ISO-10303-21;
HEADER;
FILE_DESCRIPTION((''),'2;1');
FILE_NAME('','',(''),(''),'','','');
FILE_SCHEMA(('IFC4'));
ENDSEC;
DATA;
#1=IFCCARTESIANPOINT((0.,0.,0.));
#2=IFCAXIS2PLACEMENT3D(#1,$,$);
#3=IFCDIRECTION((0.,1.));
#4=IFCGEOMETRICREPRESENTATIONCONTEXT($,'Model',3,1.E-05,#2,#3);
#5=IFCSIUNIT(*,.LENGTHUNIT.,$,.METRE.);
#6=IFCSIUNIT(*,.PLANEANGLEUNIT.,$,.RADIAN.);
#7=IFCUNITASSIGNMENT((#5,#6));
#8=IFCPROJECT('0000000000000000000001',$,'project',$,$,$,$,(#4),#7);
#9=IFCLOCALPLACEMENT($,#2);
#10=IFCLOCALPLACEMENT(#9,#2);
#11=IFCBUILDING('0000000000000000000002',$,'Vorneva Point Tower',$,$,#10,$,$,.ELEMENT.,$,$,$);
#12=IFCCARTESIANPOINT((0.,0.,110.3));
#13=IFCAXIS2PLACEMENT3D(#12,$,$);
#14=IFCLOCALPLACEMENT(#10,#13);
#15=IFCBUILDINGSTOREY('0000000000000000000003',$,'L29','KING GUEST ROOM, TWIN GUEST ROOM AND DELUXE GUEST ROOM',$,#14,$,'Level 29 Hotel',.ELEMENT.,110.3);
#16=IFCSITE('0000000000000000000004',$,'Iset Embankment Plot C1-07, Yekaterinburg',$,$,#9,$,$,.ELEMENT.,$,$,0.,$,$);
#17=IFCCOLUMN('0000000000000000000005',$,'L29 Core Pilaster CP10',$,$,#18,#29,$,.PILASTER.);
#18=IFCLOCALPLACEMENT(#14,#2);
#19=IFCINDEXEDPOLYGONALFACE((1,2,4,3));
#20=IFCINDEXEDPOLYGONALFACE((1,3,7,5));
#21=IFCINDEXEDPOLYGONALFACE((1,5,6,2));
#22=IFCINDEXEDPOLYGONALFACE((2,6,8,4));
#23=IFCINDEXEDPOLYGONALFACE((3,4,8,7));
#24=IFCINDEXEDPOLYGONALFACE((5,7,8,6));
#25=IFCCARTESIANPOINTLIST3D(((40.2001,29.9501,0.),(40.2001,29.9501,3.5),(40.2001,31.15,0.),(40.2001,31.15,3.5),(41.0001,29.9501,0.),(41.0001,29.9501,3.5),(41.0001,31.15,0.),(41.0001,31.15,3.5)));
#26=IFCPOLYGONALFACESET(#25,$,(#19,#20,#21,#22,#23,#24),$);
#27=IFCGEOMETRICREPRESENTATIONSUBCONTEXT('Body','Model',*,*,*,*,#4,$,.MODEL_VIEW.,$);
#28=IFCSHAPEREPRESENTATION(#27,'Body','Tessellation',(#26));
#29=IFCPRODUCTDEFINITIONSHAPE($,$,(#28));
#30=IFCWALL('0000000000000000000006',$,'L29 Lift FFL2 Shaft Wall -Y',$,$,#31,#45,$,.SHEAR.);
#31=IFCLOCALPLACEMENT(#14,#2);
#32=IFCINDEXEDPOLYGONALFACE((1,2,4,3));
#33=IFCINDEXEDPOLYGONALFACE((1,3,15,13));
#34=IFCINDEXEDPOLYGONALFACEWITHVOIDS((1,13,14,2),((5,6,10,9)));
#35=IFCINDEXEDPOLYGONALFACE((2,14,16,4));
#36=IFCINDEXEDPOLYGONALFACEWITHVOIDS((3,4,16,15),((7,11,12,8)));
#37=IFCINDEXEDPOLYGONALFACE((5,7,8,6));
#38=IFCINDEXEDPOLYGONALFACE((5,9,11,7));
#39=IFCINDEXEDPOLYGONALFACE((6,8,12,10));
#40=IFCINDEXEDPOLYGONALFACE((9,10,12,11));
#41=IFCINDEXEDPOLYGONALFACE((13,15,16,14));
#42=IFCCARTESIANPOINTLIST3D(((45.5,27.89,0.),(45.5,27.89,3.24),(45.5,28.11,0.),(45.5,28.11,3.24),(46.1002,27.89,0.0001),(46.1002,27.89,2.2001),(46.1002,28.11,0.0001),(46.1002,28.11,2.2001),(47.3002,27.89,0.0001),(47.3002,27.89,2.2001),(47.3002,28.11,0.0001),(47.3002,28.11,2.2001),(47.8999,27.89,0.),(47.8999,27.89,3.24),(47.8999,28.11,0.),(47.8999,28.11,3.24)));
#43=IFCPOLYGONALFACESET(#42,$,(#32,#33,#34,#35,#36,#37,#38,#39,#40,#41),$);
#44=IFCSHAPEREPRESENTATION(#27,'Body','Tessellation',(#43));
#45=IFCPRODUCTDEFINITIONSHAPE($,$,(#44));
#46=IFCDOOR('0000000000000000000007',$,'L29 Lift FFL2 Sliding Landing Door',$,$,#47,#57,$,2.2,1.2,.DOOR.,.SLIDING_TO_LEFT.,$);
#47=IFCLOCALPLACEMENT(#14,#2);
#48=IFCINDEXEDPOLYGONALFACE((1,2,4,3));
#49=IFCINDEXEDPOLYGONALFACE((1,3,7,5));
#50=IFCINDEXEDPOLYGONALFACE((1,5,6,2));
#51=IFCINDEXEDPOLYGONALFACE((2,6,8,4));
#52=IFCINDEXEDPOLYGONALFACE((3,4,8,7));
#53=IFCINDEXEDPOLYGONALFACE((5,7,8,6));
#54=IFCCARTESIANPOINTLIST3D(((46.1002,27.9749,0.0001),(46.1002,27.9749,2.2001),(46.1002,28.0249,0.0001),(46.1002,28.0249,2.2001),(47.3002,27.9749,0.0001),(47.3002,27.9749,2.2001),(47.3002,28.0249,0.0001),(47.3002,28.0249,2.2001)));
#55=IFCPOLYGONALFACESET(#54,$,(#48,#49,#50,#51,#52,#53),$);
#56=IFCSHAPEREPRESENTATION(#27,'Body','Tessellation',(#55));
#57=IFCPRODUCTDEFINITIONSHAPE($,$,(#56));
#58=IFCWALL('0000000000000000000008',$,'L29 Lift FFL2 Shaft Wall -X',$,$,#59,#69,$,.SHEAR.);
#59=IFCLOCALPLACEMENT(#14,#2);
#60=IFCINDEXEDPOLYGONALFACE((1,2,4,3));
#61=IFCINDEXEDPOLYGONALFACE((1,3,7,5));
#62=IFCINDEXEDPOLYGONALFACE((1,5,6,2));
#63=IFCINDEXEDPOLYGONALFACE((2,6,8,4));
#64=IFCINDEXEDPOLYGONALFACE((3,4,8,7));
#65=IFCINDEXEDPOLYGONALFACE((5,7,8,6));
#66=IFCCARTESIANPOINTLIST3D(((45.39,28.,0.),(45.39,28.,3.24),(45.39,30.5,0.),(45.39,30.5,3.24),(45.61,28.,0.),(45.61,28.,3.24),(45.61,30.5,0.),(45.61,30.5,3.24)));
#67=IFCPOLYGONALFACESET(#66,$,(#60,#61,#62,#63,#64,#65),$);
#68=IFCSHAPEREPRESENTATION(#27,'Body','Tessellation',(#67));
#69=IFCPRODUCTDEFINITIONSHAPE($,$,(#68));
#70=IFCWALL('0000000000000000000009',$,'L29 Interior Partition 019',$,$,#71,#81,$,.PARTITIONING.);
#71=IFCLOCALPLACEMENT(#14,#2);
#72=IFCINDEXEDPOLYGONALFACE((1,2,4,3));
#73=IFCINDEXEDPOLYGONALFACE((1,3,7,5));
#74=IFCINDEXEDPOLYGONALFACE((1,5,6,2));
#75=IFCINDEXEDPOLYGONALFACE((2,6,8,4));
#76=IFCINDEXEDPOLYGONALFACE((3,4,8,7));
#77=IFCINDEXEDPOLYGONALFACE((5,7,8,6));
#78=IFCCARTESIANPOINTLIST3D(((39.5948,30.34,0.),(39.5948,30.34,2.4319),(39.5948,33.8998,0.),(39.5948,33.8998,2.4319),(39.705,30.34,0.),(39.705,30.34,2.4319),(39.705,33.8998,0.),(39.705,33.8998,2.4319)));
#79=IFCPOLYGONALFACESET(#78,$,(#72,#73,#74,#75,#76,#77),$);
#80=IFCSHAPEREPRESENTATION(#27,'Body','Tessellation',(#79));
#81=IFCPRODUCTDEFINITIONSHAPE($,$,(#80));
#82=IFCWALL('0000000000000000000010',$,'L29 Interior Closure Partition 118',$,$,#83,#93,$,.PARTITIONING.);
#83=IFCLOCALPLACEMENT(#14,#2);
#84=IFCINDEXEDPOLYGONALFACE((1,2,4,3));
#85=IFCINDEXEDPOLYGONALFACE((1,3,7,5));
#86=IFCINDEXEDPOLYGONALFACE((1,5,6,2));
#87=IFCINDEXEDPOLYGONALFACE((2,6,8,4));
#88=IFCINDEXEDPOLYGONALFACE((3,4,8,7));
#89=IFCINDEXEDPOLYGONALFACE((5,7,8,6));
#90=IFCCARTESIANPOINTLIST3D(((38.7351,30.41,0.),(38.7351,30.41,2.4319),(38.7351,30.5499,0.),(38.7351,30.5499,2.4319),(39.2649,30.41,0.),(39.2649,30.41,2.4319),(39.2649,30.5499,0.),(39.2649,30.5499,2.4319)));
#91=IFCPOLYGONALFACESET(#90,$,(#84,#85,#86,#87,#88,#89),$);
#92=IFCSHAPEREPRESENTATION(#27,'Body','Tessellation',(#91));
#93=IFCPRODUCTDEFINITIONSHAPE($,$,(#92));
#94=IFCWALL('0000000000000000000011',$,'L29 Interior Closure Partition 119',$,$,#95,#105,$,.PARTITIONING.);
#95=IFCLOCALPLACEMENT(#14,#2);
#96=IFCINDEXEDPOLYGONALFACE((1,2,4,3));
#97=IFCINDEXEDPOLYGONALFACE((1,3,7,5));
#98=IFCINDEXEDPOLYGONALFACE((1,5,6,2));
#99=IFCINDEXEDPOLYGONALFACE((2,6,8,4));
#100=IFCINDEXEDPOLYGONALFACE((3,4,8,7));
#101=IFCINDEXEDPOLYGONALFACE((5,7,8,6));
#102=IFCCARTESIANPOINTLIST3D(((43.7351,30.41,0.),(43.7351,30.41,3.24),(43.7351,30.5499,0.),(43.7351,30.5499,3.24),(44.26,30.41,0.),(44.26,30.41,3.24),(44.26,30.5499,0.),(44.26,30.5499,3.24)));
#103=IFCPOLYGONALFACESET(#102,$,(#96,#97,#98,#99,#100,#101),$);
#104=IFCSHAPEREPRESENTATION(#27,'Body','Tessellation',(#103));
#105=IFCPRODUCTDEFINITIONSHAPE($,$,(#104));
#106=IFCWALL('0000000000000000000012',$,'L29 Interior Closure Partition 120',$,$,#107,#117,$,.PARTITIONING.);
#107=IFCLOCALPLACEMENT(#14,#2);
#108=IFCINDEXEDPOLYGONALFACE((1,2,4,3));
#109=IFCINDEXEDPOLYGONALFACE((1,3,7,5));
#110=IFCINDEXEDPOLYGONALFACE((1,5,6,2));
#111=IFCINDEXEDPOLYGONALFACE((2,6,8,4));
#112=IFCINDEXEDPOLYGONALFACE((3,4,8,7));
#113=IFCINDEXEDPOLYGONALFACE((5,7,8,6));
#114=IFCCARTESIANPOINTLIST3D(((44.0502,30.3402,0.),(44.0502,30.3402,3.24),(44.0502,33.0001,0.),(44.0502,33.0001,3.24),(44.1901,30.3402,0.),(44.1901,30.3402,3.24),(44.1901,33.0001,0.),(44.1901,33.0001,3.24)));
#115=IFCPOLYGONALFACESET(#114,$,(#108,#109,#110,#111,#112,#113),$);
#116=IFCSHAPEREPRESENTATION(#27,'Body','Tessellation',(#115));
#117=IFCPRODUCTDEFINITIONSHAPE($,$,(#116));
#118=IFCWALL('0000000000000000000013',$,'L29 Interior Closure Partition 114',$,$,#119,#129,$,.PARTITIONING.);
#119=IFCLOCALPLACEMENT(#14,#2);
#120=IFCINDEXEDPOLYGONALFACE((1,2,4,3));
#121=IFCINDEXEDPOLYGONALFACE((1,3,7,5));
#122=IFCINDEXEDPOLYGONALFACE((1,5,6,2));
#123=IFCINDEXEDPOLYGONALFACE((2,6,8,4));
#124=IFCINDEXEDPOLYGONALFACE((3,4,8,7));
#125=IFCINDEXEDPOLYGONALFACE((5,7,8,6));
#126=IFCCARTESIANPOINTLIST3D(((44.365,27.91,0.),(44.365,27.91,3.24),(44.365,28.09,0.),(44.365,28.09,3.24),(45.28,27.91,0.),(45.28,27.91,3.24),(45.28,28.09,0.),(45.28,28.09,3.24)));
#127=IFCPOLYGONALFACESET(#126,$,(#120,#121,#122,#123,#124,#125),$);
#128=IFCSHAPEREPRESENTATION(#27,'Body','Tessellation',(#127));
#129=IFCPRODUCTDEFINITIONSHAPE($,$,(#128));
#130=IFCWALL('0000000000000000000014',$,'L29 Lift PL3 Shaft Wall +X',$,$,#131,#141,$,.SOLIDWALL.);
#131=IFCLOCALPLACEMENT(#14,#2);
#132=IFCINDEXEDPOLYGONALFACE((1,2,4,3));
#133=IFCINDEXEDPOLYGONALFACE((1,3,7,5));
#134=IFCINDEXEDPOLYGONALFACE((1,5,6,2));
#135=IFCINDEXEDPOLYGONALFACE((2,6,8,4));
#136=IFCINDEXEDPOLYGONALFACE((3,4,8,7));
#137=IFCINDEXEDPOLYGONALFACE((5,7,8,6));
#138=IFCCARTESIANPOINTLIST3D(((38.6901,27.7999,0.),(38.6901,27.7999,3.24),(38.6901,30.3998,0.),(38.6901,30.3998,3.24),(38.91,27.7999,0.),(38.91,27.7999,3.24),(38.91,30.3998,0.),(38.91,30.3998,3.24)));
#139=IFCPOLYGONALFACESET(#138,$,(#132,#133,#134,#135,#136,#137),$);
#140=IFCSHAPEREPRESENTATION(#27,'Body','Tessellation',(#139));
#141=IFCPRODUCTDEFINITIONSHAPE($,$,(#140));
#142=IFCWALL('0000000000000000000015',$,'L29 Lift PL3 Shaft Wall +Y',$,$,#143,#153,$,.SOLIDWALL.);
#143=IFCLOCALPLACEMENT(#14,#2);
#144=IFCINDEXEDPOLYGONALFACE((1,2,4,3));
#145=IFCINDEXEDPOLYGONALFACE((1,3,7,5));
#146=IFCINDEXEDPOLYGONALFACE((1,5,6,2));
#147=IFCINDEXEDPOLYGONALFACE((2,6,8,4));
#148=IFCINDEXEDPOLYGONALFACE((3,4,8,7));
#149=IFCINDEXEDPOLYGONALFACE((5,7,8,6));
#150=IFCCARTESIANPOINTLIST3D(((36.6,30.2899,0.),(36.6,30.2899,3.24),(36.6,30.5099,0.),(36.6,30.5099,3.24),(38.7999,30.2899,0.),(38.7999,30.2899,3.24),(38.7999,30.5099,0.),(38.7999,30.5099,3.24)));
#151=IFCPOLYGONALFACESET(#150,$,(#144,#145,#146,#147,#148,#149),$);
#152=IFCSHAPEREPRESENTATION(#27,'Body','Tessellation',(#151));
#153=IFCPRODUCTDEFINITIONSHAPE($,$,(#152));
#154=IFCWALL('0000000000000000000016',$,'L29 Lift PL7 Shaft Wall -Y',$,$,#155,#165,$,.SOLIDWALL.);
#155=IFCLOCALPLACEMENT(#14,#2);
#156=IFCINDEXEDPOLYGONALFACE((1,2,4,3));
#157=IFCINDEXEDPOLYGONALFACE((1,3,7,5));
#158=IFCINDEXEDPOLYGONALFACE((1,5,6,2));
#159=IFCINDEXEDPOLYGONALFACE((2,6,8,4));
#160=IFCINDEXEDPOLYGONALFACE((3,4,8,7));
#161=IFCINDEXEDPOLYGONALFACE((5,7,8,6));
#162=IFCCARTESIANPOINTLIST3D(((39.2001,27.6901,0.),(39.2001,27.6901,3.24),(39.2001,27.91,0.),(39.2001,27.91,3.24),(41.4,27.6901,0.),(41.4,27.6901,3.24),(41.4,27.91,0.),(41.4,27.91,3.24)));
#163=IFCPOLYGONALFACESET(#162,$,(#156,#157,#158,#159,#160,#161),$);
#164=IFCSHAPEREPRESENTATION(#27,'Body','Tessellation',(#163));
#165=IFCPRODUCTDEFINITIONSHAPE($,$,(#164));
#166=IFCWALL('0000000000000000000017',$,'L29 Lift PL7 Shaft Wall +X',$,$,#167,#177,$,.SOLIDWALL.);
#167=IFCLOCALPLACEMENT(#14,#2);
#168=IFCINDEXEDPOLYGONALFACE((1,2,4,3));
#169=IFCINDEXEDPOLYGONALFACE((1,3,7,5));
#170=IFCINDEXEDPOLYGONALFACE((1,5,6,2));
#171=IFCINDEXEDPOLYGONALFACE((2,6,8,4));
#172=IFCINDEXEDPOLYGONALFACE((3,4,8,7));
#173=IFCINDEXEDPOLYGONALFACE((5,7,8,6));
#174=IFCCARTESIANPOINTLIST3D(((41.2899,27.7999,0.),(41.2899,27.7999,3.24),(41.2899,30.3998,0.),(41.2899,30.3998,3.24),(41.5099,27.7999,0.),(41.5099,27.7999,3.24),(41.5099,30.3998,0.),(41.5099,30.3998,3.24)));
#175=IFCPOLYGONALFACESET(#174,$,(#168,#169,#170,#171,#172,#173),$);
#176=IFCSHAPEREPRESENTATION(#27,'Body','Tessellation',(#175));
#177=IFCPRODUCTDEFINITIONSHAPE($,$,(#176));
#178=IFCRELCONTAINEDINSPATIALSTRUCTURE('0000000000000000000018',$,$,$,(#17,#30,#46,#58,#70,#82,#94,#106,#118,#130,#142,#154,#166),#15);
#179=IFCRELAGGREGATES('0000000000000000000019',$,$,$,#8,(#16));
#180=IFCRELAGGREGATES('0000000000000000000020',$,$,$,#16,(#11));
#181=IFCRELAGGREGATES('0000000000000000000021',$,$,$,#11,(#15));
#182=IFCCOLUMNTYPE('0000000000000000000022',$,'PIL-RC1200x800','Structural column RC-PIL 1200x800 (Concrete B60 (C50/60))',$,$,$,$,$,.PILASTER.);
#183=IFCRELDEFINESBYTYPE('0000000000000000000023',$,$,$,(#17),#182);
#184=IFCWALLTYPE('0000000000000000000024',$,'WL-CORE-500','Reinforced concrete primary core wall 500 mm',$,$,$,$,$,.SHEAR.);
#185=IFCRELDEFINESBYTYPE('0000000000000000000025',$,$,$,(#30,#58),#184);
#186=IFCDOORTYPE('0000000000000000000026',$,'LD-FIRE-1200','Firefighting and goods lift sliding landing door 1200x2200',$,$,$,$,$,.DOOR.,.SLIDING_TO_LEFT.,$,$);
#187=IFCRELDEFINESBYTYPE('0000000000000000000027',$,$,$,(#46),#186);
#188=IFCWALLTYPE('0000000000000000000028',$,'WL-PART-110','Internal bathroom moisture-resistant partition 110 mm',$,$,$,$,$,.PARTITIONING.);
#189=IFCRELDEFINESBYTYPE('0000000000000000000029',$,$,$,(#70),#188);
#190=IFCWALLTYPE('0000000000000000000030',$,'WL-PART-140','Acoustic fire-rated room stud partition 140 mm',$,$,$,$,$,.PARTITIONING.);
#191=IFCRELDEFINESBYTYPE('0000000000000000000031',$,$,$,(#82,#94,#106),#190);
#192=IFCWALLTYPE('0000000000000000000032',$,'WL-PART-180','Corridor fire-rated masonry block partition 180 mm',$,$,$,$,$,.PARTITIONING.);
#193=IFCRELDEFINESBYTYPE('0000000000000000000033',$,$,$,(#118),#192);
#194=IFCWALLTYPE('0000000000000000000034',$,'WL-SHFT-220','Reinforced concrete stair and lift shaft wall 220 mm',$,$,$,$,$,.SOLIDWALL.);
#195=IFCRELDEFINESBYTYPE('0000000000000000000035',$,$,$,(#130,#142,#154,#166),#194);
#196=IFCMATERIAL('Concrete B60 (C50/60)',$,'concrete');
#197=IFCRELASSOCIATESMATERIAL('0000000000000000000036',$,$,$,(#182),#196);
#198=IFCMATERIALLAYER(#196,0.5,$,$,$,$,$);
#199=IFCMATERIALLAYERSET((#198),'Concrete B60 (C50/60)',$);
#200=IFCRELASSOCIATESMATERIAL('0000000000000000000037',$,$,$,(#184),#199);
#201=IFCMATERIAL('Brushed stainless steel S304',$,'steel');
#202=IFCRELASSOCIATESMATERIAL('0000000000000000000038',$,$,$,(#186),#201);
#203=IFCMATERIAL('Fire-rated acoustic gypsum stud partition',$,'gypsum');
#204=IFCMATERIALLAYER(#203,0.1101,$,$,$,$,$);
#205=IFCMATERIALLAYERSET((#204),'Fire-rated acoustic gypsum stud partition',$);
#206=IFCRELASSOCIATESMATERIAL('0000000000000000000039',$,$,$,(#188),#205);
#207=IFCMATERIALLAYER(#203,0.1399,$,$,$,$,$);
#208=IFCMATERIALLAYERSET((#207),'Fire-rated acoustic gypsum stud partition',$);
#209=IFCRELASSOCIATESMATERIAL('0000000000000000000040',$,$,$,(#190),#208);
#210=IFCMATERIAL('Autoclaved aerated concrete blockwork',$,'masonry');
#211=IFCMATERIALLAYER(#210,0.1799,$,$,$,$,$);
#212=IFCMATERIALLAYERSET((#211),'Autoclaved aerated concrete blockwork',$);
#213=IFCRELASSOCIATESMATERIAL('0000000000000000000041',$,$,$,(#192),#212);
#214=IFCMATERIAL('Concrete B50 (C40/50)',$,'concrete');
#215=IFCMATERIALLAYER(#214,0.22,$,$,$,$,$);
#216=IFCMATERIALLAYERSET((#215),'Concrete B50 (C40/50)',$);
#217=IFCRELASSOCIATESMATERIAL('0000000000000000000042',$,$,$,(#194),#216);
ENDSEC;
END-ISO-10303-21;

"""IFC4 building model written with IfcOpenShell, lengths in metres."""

from ifc_helpers import new_model, si_unit, direction, frame, frame_2d, origin, origin_2d, place, context, subcontext, project, spatial, rectangle, extrude, material, layer, layer_set, material_profile, profile_set, type_object, element, fill, save


model = new_model("IFC4")

# Units and contexts
model_context = context("Model", 3, precision=1e-05, world=origin(), true_north=direction((0.0, 1.0)))
body_context = subcontext(model_context, "Body", "Model", "MODEL_VIEW")
ifc_project = project(units=[si_unit("LENGTHUNIT", "METRE"), si_unit("PLANEANGLEUNIT", "RADIAN")], contexts=[model_context])

# Site, building, storey
site_placement = place(None, origin())
site = spatial("IfcSite", under=ifc_project, at=site_placement, Name="Iset Embankment Plot C1-07, Yekaterinburg", CompositionType="ELEMENT", RefElevation=0.0)
building_placement = place(site_placement, origin())
building = spatial("IfcBuilding", under=site, at=building_placement, Name="Vorneva Point Tower", CompositionType="ELEMENT")
storey_placement = place(building_placement, frame((0.0, 0.0, 110.3)))
storey = spatial("IfcBuildingStorey", under=building, at=storey_placement, Name="L29", Description="KING GUEST ROOM, TWIN GUEST ROOM AND DELUXE GUEST ROOM", LongName="Level 29 Hotel", CompositionType="ELEMENT", Elevation=110.3)

# Column
ifc_material_1 = material(Name="Concrete B60 (C50/60)", Category="concrete")
ifc_material_profile = material_profile(ifc_material_1, rectangle(XDim=0.8, YDim=1.2, at=origin_2d()), Name="RC-PIL 1200x800")
ifc_profile_set = profile_set([ifc_material_profile], Name="Concrete B60 (C50/60)")
column_type = type_object("IfcColumnType", Name="PIL-RC1200x800", Description="Structural column RC-PIL 1200x800 (Concrete B60 (C50/60))", PredefinedType="PILASTER", material=ifc_profile_set)
column_placement = place(storey_placement, frame((40.6001, 30.55, 0.0), z_axis=(0.0, 0.0, 1.0), x_axis=(1.0, 0.0, 0.0)))
element("IfcColumn", 1, at=column_placement, inside=storey, type_object=column_type, Name="L29 Core Pilaster CP10", PredefinedType="PILASTER", context=body_context, shape_type="SweptSolid", body=[
    extrude(rectangle(XDim=0.8, YDim=1.2, at=origin_2d()), origin(), (0.0, 0.0, 1.0), 3.5),
])

# Wall, opening, door
ifc_layer_1 = layer(ifc_material_1, 0.5)
ifc_layer_set_1 = layer_set([ifc_layer_1], Name="Concrete B60 (C50/60)")
wall_type_1 = type_object("IfcWallType", Name="WL-CORE-500", Description="Reinforced concrete primary core wall 500 mm", PredefinedType="SHEAR", material=ifc_layer_set_1)
wall_1_placement = place(storey_placement, frame((45.5, 28.0, 0.0), z_axis=(0.0, 0.0, 1.0), x_axis=(1.0, 0.0, 0.0)))
wall_1 = element("IfcWall", 2, at=wall_1_placement, inside=storey, type_object=wall_type_1, Name="L29 Lift FFL2 Shaft Wall -Y", PredefinedType="SHEAR", context=body_context, shape_type="SweptSolid", body=[
    extrude(rectangle(XDim=2.3999, YDim=0.22, at=frame_2d((1.2, 0.0))), origin(), (0.0, 0.0, 1.0), 3.24),
])
opening_1_placement = place(wall_1_placement, frame((0.6001, 0.0, 0.0)))
opening_1 = element("IfcOpeningElement", 3, at=opening_1_placement, cuts=wall_1, PredefinedType="OPENING", context=body_context, shape_type="SweptSolid", body=[
    extrude(rectangle(XDim=1.2, YDim=2.2, at=frame_2d((0.6001, 1.1001))), frame((0.0, 0.125, 0.0), z_axis=(0.0, -1.0, 0.0), x_axis=(1.0, 0.0, 0.0)), (0.0, 0.0, 1.0), 0.2498),
])
ifc_material_2 = material(Name="Brushed stainless steel S304", Category="steel")
door_type_1 = type_object("IfcDoorType", Name="LD-FIRE-1200", Description="Firefighting and goods lift sliding landing door 1200x2200", OperationType="SLIDING_TO_LEFT", PredefinedType="DOOR", material=ifc_material_2)
door_1_placement = place(opening_1_placement, origin())
door_1 = element("IfcDoor", 4, at=door_1_placement, inside=storey, type_object=door_type_1, Name="L29 Lift FFL2 Sliding Landing Door", OperationType="SLIDING_TO_LEFT", OverallHeight=2.2, OverallWidth=1.2, PredefinedType="DOOR", context=body_context, shape_type="SweptSolid", body=[
    extrude(rectangle(XDim=1.2, YDim=2.2, at=frame_2d((0.6001, 1.1001))), frame((0.0, 0.0249, 0.0), z_axis=(0.0, -1.0, 0.0), x_axis=(1.0, 0.0, 0.0)), (0.0, 0.0, 1.0), 0.05),
])
fill(opening_1, door_1)

# Walls
wall_2_placement = place(storey_placement, frame((45.5, 30.5, 0.0), z_axis=(0.0, 0.0, 1.0), x_axis=(0.0, -1.0, 0.0)))
element("IfcWall", 5, at=wall_2_placement, inside=storey, type_object=wall_type_1, Name="L29 Lift FFL2 Shaft Wall -X", PredefinedType="SHEAR", context=body_context, shape_type="SweptSolid", body=[
    extrude(rectangle(XDim=2.5, YDim=0.22, at=frame_2d((1.25, 0.0))), origin(), (0.0, 0.0, 1.0), 3.24),
])
ifc_material_3 = material(Name="Fire-rated acoustic gypsum stud partition", Category="gypsum")
ifc_layer_2 = layer(ifc_material_3, 0.1101)
ifc_layer_set_2 = layer_set([ifc_layer_2], Name="Fire-rated acoustic gypsum stud partition")
wall_type_2 = type_object("IfcWallType", Name="WL-PART-110", Description="Internal bathroom moisture-resistant partition 110 mm", PredefinedType="PARTITIONING", material=ifc_layer_set_2)
wall_3_placement = place(storey_placement, frame((39.6499, 30.3401, 0.0), z_axis=(0.0, 0.0, 1.0), x_axis=(0.0, 1.0, 0.0)))
element("IfcWall", 6, at=wall_3_placement, inside=storey, type_object=wall_type_2, Name="L29 Interior Partition 019", PredefinedType="PARTITIONING", context=body_context, shape_type="SweptSolid", body=[
    extrude(rectangle(XDim=3.5598, YDim=0.1101, at=frame_2d((1.7798, 0.0))), origin(), (0.0, 0.0, 1.0), 2.4319),
])
ifc_layer_3 = layer(ifc_material_3, 0.1399)
ifc_layer_set_3 = layer_set([ifc_layer_3], Name="Fire-rated acoustic gypsum stud partition")
wall_type_3 = type_object("IfcWallType", Name="WL-PART-140", Description="Acoustic fire-rated room stud partition 140 mm", PredefinedType="PARTITIONING", material=ifc_layer_set_3)
wall_4_placement = place(storey_placement, frame((38.7351, 30.48, 0.0), z_axis=(0.0, 0.0, 1.0), x_axis=(1.0, 0.0, 0.0)))
element("IfcWall", 7, at=wall_4_placement, inside=storey, type_object=wall_type_3, Name="L29 Interior Closure Partition 118", PredefinedType="PARTITIONING", context=body_context, shape_type="SweptSolid", body=[
    extrude(rectangle(XDim=0.5298, YDim=0.1399, at=frame_2d((0.2649, 0.0))), origin(), (0.0, 0.0, 1.0), 2.4319),
])
wall_5_placement = place(storey_placement, frame((43.7351, 30.48, 0.0), z_axis=(0.0, 0.0, 1.0), x_axis=(1.0, 0.0, 0.0)))
element("IfcWall", 8, at=wall_5_placement, inside=storey, type_object=wall_type_3, Name="L29 Interior Closure Partition 119", PredefinedType="PARTITIONING", context=body_context, shape_type="SweptSolid", body=[
    extrude(rectangle(XDim=0.5249, YDim=0.1399, at=frame_2d((0.2625, 0.0))), origin(), (0.0, 0.0, 1.0), 3.24),
])
wall_6_placement = place(storey_placement, frame((44.1201, 30.3401, 0.0), z_axis=(0.0, 0.0, 1.0), x_axis=(0.0, 1.0, 0.0)))
element("IfcWall", 9, at=wall_6_placement, inside=storey, type_object=wall_type_3, Name="L29 Interior Closure Partition 120", PredefinedType="PARTITIONING", context=body_context, shape_type="SweptSolid", body=[
    extrude(rectangle(XDim=2.6599, YDim=0.1399, at=frame_2d((1.3301, 0.0))), origin(), (0.0, 0.0, 1.0), 3.24),
])

# Shared definitions
ifc_material_4 = material(Name="Autoclaved aerated concrete blockwork", Category="masonry")
ifc_layer_4 = layer(ifc_material_4, 0.1799)
ifc_layer_set_4 = layer_set([ifc_layer_4], Name="Autoclaved aerated concrete blockwork")
wall_type_4 = type_object("IfcWallType", Name="WL-PART-180", Description="Corridor fire-rated masonry block partition 180 mm", PredefinedType="PARTITIONING", material=ifc_layer_set_4)

# Walls
wall_7_placement = place(storey_placement, frame((45.28, 28.0, 0.0), z_axis=(0.0, 0.0, 1.0), x_axis=(-1.0, 0.0, 0.0)))
element("IfcWall", 10, at=wall_7_placement, inside=storey, type_object=wall_type_4, Name="L29 Interior Closure Partition 114", PredefinedType="PARTITIONING", context=body_context, shape_type="SweptSolid", body=[
    extrude(rectangle(XDim=0.915, YDim=0.1799, at=frame_2d((0.4575, 0.0))), origin(), (0.0, 0.0, 1.0), 3.24),
])
ifc_material_5 = material(Name="Concrete B50 (C40/50)", Category="concrete")
ifc_layer_5 = layer(ifc_material_5, 0.22)
ifc_layer_set_5 = layer_set([ifc_layer_5], Name="Concrete B50 (C40/50)")
wall_type_5 = type_object("IfcWallType", Name="WL-SHFT-220", Description="Reinforced concrete stair and lift shaft wall 220 mm", PredefinedType="SOLIDWALL", material=ifc_layer_set_5)
wall_8_placement = place(storey_placement, frame((38.8, 27.8, 0.0), z_axis=(0.0, 0.0, 1.0), x_axis=(0.0, 1.0, 0.0)))
element("IfcWall", 11, at=wall_8_placement, inside=storey, type_object=wall_type_5, Name="L29 Lift PL3 Shaft Wall +X", PredefinedType="SOLIDWALL", context=body_context, shape_type="SweptSolid", body=[
    extrude(rectangle(XDim=2.5999, YDim=0.22, at=frame_2d((1.2998, 0.0))), origin(), (0.0, 0.0, 1.0), 3.24),
])
for number, where, z_axis, x_axis, name in (
    (12, (38.8, 30.3999, 0.0), (0.0, 0.0, 1.0), (-1.0, 0.0, 0.0), "L29 Lift PL3 Shaft Wall +Y"),
    (13, (39.2, 27.8, 0.0), (0.0, 0.0, 1.0), (1.0, 0.0, 0.0), "L29 Lift PL7 Shaft Wall -Y"),
):
    element("IfcWall", number, at=place(storey_placement, frame(where, z_axis=z_axis, x_axis=x_axis)), inside=storey, type_object=wall_type_5, Name=name, PredefinedType="SOLIDWALL", context=body_context, shape_type="SweptSolid", body=[
        extrude(rectangle(XDim=2.2, YDim=0.22, at=frame_2d((1.1001, 0.0))), origin(), (0.0, 0.0, 1.0), 3.24),
    ])
wall_9_placement = place(storey_placement, frame((41.3999, 27.8, 0.0), z_axis=(0.0, 0.0, 1.0), x_axis=(0.0, 1.0, 0.0)))
element("IfcWall", 14, at=wall_9_placement, inside=storey, type_object=wall_type_5, Name="L29 Lift PL7 Shaft Wall +X", PredefinedType="SOLIDWALL", context=body_context, shape_type="SweptSolid", body=[
    extrude(rectangle(XDim=2.5999, YDim=0.22, at=frame_2d((1.2998, 0.0))), origin(), (0.0, 0.0, 1.0), 3.24),
])

save(model, "model.ifc")
